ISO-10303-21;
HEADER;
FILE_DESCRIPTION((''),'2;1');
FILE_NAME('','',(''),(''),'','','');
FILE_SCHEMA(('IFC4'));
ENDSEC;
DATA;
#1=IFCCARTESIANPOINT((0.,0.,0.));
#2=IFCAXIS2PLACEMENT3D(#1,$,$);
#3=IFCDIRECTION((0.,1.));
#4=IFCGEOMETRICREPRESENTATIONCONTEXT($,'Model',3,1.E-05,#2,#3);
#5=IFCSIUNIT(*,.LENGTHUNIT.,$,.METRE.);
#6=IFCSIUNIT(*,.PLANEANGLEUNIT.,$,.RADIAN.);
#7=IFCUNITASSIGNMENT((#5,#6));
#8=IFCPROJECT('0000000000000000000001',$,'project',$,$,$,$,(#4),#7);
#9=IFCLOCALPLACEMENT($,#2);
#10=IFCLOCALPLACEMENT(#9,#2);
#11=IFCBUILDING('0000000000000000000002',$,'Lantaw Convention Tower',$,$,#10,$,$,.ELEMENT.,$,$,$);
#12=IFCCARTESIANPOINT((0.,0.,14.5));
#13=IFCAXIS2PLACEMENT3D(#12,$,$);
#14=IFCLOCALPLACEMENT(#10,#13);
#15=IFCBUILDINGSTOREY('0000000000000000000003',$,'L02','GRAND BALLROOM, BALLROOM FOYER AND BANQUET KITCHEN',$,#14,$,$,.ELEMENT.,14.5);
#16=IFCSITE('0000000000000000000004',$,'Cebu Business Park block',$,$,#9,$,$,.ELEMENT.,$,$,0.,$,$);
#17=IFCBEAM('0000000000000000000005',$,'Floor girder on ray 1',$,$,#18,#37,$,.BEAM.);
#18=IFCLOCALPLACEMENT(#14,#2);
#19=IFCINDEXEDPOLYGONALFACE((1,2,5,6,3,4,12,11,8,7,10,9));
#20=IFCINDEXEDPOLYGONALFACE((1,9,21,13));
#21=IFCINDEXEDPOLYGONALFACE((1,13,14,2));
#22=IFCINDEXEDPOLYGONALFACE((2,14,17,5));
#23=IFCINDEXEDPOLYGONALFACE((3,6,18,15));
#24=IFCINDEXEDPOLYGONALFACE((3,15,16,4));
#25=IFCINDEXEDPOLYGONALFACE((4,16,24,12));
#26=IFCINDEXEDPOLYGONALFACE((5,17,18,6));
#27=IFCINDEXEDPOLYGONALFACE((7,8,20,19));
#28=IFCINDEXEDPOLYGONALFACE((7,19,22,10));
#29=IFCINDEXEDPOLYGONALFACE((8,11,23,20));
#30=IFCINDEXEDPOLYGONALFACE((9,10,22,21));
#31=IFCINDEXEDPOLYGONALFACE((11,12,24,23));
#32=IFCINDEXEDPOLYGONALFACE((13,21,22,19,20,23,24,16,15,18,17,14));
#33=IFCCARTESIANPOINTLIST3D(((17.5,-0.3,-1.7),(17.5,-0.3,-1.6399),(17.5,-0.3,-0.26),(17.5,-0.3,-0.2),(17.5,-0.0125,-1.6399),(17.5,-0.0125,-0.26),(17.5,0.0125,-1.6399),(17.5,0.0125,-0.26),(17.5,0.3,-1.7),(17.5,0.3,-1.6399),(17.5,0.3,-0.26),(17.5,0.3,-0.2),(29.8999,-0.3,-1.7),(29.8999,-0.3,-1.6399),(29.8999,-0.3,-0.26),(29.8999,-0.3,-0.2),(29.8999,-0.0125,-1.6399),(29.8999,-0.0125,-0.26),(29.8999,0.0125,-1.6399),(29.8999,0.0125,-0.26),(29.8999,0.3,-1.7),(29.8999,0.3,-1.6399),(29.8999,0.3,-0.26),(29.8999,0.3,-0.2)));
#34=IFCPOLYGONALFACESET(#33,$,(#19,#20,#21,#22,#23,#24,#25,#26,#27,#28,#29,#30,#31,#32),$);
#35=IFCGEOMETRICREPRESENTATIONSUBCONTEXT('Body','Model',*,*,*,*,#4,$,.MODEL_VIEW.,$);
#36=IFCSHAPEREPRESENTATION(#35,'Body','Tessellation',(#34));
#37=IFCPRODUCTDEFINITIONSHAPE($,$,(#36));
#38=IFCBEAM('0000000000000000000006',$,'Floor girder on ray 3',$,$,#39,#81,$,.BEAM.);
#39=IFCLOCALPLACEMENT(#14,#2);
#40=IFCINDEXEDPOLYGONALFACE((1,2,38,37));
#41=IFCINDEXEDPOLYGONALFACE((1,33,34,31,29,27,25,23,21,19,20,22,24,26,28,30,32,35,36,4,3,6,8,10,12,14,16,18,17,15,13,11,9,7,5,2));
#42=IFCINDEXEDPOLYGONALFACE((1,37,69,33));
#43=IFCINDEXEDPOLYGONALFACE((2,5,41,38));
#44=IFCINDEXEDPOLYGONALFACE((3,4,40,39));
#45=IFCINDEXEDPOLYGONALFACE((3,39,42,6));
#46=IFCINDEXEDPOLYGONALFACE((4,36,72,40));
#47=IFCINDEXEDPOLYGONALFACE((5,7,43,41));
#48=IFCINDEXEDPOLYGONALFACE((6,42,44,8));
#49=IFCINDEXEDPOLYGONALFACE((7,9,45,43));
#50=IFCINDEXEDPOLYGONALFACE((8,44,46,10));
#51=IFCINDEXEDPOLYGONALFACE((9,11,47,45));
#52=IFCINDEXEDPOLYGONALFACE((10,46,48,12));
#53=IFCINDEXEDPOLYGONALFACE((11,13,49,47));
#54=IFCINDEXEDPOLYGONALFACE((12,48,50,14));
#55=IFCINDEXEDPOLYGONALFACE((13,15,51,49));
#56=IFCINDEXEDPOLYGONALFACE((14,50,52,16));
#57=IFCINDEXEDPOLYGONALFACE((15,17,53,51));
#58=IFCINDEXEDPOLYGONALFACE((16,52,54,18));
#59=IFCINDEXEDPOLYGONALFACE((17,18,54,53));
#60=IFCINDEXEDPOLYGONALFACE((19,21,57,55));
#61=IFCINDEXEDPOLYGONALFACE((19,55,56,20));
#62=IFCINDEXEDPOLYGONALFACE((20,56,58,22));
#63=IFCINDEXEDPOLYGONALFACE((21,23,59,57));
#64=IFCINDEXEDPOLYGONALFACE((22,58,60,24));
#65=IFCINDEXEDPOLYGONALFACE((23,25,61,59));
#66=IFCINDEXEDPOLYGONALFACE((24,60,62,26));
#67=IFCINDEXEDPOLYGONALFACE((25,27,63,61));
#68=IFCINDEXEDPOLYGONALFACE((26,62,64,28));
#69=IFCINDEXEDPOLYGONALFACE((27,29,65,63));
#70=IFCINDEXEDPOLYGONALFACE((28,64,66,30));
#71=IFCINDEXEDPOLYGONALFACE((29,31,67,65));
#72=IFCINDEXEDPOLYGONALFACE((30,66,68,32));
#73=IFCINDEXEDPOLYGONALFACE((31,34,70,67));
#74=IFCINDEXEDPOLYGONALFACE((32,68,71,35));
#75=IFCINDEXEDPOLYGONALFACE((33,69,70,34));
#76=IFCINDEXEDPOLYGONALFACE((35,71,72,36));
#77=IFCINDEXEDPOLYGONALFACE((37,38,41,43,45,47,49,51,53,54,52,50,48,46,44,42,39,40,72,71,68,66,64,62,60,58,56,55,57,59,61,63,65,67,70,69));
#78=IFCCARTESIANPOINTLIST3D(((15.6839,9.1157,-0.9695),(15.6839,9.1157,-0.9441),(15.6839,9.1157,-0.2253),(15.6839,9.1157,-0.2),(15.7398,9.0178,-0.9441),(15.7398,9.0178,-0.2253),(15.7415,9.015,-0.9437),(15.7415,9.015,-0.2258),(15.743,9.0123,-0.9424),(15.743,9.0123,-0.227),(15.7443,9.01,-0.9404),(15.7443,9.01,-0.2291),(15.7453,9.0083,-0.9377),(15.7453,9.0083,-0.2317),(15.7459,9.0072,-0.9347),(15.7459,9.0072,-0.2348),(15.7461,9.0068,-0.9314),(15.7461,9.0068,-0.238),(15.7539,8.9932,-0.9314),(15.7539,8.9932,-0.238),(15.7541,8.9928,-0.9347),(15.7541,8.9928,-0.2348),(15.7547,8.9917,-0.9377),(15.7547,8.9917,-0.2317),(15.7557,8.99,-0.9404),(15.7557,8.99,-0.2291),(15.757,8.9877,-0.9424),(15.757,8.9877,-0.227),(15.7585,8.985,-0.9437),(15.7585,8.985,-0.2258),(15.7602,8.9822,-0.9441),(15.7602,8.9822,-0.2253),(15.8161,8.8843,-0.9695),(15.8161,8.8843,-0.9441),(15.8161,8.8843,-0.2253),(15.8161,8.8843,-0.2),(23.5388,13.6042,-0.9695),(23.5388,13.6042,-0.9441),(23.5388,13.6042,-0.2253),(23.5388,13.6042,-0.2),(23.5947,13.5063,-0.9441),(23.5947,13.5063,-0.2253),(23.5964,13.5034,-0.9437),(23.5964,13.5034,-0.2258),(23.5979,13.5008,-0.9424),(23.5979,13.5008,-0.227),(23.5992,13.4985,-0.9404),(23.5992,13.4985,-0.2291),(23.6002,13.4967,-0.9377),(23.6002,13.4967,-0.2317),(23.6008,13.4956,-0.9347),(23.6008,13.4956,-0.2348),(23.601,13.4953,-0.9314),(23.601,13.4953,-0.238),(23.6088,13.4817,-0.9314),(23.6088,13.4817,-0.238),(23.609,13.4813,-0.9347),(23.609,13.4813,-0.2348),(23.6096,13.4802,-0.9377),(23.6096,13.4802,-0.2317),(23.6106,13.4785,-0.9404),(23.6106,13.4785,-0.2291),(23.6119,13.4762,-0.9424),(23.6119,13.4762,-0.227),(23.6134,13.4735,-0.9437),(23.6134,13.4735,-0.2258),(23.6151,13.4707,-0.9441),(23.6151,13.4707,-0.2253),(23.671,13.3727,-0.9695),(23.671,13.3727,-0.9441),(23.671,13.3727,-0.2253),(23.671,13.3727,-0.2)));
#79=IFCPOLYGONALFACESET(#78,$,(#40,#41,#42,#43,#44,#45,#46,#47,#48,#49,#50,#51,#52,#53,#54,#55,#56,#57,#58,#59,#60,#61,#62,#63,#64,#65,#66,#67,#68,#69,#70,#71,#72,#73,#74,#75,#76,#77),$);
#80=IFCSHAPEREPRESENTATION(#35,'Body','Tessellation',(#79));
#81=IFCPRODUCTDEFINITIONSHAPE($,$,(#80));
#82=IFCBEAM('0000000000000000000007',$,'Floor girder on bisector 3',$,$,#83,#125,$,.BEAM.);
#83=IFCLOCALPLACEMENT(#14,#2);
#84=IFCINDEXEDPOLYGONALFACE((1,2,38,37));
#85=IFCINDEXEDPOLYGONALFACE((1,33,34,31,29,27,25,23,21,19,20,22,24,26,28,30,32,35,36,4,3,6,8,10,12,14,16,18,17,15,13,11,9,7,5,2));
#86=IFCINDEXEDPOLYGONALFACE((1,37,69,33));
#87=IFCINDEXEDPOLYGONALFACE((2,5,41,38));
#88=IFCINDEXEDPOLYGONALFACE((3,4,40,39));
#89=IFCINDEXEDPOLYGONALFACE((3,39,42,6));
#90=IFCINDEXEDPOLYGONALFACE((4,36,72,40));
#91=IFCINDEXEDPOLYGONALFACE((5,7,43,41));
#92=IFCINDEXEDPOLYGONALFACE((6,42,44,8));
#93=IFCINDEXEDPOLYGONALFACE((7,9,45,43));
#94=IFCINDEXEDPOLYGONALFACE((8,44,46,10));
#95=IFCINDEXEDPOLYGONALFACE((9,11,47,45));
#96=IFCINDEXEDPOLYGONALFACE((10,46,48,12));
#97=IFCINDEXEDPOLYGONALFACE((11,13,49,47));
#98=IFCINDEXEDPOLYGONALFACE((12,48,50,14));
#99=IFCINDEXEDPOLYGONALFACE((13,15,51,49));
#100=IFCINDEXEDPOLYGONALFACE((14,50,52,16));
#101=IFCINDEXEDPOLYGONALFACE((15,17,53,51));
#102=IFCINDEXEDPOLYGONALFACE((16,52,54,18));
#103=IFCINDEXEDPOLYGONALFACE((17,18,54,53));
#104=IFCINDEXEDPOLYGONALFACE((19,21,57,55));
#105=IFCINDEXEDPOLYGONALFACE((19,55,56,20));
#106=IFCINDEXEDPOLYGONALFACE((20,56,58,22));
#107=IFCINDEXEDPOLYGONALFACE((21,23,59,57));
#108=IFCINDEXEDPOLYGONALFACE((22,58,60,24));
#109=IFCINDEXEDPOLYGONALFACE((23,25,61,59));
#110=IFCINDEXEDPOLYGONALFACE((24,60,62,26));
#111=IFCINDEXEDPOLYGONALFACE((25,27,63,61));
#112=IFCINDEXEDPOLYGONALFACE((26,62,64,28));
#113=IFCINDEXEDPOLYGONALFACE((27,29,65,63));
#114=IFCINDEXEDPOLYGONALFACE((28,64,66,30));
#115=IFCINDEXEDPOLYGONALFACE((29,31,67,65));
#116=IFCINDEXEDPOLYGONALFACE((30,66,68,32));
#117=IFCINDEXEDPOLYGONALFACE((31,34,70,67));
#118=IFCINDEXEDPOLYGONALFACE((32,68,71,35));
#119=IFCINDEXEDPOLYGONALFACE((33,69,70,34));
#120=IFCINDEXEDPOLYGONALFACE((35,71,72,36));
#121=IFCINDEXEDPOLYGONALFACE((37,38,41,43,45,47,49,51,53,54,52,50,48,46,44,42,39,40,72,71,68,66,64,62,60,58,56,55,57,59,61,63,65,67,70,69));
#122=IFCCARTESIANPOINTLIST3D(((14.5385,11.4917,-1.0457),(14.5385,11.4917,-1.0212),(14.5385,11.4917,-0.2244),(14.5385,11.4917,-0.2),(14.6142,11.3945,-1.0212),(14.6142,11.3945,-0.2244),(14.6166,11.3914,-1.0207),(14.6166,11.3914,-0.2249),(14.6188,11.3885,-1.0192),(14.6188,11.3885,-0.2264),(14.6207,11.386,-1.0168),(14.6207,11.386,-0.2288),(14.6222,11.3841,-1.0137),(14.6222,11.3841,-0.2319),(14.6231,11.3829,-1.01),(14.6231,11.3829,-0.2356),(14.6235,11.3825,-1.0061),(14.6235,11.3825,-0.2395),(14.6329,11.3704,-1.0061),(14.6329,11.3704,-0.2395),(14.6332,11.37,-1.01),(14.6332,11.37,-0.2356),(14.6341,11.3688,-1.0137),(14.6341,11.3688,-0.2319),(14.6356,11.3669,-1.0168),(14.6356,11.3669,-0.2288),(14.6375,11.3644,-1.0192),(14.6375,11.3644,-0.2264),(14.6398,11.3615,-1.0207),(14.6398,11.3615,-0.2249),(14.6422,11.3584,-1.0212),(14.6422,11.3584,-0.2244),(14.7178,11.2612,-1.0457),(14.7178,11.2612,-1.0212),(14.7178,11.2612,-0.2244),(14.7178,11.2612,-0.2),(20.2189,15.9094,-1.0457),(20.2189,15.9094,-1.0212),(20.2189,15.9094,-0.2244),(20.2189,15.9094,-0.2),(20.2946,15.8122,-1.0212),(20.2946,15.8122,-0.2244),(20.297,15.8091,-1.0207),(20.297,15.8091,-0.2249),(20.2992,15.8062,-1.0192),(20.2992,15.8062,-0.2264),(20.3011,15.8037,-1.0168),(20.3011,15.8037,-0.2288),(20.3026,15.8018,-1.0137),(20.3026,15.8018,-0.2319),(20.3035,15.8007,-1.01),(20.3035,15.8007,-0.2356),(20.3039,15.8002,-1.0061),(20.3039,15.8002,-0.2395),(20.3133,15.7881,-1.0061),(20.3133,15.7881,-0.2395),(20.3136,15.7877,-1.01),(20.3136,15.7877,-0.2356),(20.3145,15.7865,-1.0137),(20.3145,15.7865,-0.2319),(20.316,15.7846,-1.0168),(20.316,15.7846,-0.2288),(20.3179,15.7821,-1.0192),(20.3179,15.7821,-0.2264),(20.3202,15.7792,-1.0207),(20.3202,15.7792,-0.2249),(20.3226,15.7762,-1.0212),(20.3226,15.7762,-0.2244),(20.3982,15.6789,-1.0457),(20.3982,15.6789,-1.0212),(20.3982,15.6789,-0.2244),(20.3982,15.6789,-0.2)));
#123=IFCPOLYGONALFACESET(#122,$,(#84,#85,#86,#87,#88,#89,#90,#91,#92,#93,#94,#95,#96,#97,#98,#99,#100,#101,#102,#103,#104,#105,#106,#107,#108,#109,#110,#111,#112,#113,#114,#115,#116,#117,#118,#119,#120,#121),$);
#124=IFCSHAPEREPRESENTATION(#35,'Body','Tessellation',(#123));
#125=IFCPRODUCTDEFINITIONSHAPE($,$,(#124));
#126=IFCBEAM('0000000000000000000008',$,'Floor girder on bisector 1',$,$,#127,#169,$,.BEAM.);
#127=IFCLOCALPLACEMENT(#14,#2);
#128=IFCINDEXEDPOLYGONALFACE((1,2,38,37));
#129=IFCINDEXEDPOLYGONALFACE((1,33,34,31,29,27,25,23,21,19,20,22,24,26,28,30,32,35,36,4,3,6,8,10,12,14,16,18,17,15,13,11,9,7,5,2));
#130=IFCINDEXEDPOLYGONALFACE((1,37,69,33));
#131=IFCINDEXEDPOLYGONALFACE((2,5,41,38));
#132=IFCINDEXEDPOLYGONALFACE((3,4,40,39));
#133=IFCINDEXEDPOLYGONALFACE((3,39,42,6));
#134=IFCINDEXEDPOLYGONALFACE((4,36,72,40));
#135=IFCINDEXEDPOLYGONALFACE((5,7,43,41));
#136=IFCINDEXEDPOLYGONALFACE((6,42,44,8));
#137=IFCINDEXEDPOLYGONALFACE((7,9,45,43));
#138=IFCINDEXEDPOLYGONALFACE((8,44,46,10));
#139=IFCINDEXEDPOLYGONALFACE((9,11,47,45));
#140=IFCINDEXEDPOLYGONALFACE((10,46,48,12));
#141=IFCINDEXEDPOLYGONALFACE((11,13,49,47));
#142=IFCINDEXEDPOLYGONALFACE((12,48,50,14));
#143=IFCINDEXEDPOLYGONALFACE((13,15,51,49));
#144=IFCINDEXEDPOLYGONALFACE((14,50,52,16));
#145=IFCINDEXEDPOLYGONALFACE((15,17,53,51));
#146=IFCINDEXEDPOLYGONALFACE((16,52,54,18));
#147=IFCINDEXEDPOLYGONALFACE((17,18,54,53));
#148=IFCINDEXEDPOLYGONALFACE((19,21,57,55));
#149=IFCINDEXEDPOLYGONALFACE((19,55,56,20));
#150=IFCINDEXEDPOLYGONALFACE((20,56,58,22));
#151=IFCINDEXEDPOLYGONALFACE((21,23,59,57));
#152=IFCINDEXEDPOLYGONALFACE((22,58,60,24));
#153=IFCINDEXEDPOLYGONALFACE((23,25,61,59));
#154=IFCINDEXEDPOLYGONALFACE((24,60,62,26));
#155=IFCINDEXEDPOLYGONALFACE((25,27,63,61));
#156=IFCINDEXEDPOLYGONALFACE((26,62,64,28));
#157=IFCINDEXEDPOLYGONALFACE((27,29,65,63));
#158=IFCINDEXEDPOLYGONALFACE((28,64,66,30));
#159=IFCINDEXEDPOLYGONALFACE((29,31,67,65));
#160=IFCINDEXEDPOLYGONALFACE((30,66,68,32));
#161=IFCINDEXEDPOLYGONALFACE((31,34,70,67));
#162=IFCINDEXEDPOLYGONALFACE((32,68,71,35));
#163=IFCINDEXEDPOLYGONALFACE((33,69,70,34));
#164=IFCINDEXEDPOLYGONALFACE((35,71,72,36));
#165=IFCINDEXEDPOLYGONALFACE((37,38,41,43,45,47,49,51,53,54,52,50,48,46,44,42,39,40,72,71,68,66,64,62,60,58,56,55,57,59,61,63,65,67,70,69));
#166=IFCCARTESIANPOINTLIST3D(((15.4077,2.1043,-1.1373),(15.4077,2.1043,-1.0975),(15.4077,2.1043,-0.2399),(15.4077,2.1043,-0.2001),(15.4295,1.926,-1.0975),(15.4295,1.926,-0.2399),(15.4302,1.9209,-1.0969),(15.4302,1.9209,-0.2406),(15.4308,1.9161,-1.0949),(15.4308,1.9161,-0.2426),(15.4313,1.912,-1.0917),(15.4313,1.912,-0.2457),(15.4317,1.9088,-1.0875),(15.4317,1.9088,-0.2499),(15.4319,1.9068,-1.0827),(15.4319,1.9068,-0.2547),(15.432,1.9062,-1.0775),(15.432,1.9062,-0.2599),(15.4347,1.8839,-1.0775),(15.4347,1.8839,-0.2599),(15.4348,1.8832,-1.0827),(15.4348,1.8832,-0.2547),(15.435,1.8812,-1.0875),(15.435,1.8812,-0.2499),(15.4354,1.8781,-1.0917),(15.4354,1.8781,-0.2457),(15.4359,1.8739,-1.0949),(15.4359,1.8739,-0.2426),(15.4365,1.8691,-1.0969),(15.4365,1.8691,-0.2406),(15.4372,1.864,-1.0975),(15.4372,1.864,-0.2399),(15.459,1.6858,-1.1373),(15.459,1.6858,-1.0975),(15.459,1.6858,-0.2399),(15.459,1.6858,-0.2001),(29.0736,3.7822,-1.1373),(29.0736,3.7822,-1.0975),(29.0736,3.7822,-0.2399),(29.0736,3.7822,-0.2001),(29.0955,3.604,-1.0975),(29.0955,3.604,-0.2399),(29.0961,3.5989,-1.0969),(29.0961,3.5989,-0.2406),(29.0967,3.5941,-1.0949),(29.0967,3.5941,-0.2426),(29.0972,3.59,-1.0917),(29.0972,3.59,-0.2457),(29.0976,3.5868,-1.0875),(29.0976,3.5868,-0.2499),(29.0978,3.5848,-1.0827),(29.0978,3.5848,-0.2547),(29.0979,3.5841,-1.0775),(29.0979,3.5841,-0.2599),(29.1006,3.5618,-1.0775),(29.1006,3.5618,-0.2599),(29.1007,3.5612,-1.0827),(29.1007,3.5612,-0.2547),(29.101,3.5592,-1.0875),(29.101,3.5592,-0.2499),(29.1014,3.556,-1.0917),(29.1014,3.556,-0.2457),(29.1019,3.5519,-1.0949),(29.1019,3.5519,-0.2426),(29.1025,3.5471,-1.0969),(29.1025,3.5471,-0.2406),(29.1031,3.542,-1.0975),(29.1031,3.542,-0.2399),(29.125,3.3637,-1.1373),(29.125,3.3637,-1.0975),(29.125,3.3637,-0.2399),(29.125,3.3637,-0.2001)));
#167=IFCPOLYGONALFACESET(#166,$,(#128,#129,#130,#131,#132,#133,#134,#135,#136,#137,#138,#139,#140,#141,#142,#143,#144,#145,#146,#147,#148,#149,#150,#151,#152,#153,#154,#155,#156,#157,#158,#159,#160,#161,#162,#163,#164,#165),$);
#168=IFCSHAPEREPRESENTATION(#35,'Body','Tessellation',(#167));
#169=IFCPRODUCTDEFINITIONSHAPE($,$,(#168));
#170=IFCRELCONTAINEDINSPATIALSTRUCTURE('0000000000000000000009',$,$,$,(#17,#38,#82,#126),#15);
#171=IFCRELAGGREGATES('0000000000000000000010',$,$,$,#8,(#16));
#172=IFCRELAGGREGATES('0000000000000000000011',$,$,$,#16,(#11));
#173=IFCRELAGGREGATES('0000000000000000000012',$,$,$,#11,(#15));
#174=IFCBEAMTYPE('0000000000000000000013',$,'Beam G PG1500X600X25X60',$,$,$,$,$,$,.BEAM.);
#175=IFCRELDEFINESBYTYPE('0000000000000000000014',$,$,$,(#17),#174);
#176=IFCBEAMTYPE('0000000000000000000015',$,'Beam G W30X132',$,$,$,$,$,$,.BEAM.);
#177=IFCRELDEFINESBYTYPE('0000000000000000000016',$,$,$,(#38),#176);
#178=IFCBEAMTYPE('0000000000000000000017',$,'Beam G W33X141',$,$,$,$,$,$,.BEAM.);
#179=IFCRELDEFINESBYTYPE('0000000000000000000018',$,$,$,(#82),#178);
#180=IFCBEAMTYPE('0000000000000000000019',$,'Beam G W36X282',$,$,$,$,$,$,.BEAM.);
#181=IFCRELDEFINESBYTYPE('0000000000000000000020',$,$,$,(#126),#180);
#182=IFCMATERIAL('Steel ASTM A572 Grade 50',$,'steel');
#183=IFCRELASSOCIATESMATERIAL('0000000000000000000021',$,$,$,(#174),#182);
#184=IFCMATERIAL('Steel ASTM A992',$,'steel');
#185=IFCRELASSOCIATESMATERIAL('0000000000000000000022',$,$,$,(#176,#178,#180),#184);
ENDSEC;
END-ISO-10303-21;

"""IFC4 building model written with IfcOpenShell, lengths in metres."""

from ifc_helpers import new_model, si_unit, direction, frame, origin, origin_2d, place, context, subcontext, project, spatial, i_section, extrude, material, material_profile, profile_set, type_object, element, save


model = new_model("IFC4")

# Units and contexts
model_context = context("Model", 3, precision=1e-05, world=origin(), true_north=direction((0.0, 1.0)))
body_context = subcontext(model_context, "Body", "Model", "MODEL_VIEW")
ifc_project = project(units=[si_unit("LENGTHUNIT", "METRE"), si_unit("PLANEANGLEUNIT", "RADIAN")], contexts=[model_context])

# Site, building, storey
site_placement = place(None, origin())
site = spatial("IfcSite", under=ifc_project, at=site_placement, Name="Cebu Business Park block", CompositionType="ELEMENT", RefElevation=0.0)
building_placement = place(site_placement, origin())
building = spatial("IfcBuilding", under=site, at=building_placement, Name="Lantaw Convention Tower", CompositionType="ELEMENT")
storey_placement = place(building_placement, frame((0.0, 0.0, 14.5)))
storey = spatial("IfcBuildingStorey", under=building, at=storey_placement, Name="L02", Description="GRAND BALLROOM, BALLROOM FOYER AND BANQUET KITCHEN", CompositionType="ELEMENT", Elevation=14.5)

# Shared definitions
ifc_material_1 = material(Name="Steel ASTM A572 Grade 50", Category="steel")

# Beams
ifc_material_2 = material(Name="Steel ASTM A992", Category="steel")
ifc_material_profile_1 = material_profile(ifc_material_1, i_section(OverallWidth=0.6001, OverallDepth=1.5, WebThickness=0.0249, FlangeThickness=0.0601, at=origin_2d()), Name="PG1500X600X25X60")
ifc_profile_set_1 = profile_set([ifc_material_profile_1], Name="Steel ASTM A572 Grade 50")
beam_type_1 = type_object("IfcBeamType", Name="Beam G PG1500X600X25X60", PredefinedType="BEAM", material=ifc_profile_set_1)
beam_1_placement = place(storey_placement, frame((17.5, 0.0, -0.95), z_axis=(1.0, 0.0, 0.0), x_axis=(0.0, 1.0, 0.0)))
element("IfcBeam", 1, at=beam_1_placement, inside=storey, type_object=beam_type_1, Name="Floor girder on ray 1", PredefinedType="BEAM", context=body_context, shape_type="SweptSolid", body=[
    extrude(i_section(OverallWidth=0.6001, OverallDepth=1.5, WebThickness=0.0249, FlangeThickness=0.0601, at=origin_2d()), origin(), (0.0, 0.0, 1.0), 12.3999),
])
ifc_material_profile_2 = material_profile(ifc_material_2, i_section(OverallWidth=0.2666, OverallDepth=0.7695, WebThickness=0.0156, FlangeThickness=0.0254, FilletRadius=0.0127, at=origin_2d()), Name="W30X132")
ifc_profile_set_2 = profile_set([ifc_material_profile_2], Name="Steel ASTM A992")
beam_type_2 = type_object("IfcBeamType", Name="Beam G W30X132", PredefinedType="BEAM", material=ifc_profile_set_2)
beam_2_placement = place(storey_placement, frame((15.75, 9.0, -0.5847), z_axis=(0.868245, 0.496136, 0.0), x_axis=(-0.496136, 0.868245, 0.0)))
element("IfcBeam", 2, at=beam_2_placement, inside=storey, type_object=beam_type_2, Name="Floor girder on ray 3", PredefinedType="BEAM", context=body_context, shape_type="SweptSolid", body=[
    extrude(i_section(OverallWidth=0.2666, OverallDepth=0.7695, WebThickness=0.0156, FlangeThickness=0.0254, FilletRadius=0.0127, at=origin_2d()), origin(), (0.0, 0.0, 1.0), 9.0469),
])
ifc_material_profile_3 = material_profile(ifc_material_2, i_section(OverallWidth=0.292, OverallDepth=0.8457, WebThickness=0.0154, FlangeThickness=0.0244, FilletRadius=0.0151, at=origin_2d()), Name="W33X141")
ifc_profile_set_3 = profile_set([ifc_material_profile_3], Name="Steel ASTM A992")
beam_type_3 = type_object("IfcBeamType", Name="Beam G W33X141", PredefinedType="BEAM", material=ifc_profile_set_3)
beam_3_placement = place(storey_placement, frame((14.6282, 11.3765, -0.6228), z_axis=(0.789378, 0.613908, 0.0), x_axis=(-0.613908, 0.789378, 0.0)))
element("IfcBeam", 3, at=beam_3_placement, inside=storey, type_object=beam_type_3, Name="Floor girder on bisector 3", PredefinedType="BEAM", context=body_context, shape_type="SweptSolid", body=[
    extrude(i_section(OverallWidth=0.292, OverallDepth=0.8457, WebThickness=0.0154, FlangeThickness=0.0244, FilletRadius=0.0151, at=origin_2d()), origin(), (0.0, 0.0, 1.0), 7.196),
])
ifc_material_profile_4 = material_profile(ifc_material_2, i_section(OverallWidth=0.4216, OverallDepth=0.9373, WebThickness=0.0225, FlangeThickness=0.0398, FilletRadius=0.02, at=origin_2d()), Name="W36X282")
ifc_profile_set_4 = profile_set([ifc_material_profile_4], Name="Steel ASTM A992")
beam_type_4 = type_object("IfcBeamType", Name="Beam G W36X282", PredefinedType="BEAM", material=ifc_profile_set_4)
beam_4_placement = place(storey_placement, frame((15.4333, 1.895, -0.6687), z_axis=(0.992546, 0.12187, 0.0), x_axis=(-0.12187, 0.992546, 0.0)))
element("IfcBeam", 4, at=beam_4_placement, inside=storey, type_object=beam_type_4, Name="Floor girder on bisector 1", PredefinedType="BEAM", context=body_context, shape_type="SweptSolid", body=[
    extrude(i_section(OverallWidth=0.4216, OverallDepth=0.9373, WebThickness=0.0225, FlangeThickness=0.0398, FilletRadius=0.02, at=origin_2d()), origin(), (0.0, 0.0, 1.0), 13.7686),
])

save(model, "model.ifc")
